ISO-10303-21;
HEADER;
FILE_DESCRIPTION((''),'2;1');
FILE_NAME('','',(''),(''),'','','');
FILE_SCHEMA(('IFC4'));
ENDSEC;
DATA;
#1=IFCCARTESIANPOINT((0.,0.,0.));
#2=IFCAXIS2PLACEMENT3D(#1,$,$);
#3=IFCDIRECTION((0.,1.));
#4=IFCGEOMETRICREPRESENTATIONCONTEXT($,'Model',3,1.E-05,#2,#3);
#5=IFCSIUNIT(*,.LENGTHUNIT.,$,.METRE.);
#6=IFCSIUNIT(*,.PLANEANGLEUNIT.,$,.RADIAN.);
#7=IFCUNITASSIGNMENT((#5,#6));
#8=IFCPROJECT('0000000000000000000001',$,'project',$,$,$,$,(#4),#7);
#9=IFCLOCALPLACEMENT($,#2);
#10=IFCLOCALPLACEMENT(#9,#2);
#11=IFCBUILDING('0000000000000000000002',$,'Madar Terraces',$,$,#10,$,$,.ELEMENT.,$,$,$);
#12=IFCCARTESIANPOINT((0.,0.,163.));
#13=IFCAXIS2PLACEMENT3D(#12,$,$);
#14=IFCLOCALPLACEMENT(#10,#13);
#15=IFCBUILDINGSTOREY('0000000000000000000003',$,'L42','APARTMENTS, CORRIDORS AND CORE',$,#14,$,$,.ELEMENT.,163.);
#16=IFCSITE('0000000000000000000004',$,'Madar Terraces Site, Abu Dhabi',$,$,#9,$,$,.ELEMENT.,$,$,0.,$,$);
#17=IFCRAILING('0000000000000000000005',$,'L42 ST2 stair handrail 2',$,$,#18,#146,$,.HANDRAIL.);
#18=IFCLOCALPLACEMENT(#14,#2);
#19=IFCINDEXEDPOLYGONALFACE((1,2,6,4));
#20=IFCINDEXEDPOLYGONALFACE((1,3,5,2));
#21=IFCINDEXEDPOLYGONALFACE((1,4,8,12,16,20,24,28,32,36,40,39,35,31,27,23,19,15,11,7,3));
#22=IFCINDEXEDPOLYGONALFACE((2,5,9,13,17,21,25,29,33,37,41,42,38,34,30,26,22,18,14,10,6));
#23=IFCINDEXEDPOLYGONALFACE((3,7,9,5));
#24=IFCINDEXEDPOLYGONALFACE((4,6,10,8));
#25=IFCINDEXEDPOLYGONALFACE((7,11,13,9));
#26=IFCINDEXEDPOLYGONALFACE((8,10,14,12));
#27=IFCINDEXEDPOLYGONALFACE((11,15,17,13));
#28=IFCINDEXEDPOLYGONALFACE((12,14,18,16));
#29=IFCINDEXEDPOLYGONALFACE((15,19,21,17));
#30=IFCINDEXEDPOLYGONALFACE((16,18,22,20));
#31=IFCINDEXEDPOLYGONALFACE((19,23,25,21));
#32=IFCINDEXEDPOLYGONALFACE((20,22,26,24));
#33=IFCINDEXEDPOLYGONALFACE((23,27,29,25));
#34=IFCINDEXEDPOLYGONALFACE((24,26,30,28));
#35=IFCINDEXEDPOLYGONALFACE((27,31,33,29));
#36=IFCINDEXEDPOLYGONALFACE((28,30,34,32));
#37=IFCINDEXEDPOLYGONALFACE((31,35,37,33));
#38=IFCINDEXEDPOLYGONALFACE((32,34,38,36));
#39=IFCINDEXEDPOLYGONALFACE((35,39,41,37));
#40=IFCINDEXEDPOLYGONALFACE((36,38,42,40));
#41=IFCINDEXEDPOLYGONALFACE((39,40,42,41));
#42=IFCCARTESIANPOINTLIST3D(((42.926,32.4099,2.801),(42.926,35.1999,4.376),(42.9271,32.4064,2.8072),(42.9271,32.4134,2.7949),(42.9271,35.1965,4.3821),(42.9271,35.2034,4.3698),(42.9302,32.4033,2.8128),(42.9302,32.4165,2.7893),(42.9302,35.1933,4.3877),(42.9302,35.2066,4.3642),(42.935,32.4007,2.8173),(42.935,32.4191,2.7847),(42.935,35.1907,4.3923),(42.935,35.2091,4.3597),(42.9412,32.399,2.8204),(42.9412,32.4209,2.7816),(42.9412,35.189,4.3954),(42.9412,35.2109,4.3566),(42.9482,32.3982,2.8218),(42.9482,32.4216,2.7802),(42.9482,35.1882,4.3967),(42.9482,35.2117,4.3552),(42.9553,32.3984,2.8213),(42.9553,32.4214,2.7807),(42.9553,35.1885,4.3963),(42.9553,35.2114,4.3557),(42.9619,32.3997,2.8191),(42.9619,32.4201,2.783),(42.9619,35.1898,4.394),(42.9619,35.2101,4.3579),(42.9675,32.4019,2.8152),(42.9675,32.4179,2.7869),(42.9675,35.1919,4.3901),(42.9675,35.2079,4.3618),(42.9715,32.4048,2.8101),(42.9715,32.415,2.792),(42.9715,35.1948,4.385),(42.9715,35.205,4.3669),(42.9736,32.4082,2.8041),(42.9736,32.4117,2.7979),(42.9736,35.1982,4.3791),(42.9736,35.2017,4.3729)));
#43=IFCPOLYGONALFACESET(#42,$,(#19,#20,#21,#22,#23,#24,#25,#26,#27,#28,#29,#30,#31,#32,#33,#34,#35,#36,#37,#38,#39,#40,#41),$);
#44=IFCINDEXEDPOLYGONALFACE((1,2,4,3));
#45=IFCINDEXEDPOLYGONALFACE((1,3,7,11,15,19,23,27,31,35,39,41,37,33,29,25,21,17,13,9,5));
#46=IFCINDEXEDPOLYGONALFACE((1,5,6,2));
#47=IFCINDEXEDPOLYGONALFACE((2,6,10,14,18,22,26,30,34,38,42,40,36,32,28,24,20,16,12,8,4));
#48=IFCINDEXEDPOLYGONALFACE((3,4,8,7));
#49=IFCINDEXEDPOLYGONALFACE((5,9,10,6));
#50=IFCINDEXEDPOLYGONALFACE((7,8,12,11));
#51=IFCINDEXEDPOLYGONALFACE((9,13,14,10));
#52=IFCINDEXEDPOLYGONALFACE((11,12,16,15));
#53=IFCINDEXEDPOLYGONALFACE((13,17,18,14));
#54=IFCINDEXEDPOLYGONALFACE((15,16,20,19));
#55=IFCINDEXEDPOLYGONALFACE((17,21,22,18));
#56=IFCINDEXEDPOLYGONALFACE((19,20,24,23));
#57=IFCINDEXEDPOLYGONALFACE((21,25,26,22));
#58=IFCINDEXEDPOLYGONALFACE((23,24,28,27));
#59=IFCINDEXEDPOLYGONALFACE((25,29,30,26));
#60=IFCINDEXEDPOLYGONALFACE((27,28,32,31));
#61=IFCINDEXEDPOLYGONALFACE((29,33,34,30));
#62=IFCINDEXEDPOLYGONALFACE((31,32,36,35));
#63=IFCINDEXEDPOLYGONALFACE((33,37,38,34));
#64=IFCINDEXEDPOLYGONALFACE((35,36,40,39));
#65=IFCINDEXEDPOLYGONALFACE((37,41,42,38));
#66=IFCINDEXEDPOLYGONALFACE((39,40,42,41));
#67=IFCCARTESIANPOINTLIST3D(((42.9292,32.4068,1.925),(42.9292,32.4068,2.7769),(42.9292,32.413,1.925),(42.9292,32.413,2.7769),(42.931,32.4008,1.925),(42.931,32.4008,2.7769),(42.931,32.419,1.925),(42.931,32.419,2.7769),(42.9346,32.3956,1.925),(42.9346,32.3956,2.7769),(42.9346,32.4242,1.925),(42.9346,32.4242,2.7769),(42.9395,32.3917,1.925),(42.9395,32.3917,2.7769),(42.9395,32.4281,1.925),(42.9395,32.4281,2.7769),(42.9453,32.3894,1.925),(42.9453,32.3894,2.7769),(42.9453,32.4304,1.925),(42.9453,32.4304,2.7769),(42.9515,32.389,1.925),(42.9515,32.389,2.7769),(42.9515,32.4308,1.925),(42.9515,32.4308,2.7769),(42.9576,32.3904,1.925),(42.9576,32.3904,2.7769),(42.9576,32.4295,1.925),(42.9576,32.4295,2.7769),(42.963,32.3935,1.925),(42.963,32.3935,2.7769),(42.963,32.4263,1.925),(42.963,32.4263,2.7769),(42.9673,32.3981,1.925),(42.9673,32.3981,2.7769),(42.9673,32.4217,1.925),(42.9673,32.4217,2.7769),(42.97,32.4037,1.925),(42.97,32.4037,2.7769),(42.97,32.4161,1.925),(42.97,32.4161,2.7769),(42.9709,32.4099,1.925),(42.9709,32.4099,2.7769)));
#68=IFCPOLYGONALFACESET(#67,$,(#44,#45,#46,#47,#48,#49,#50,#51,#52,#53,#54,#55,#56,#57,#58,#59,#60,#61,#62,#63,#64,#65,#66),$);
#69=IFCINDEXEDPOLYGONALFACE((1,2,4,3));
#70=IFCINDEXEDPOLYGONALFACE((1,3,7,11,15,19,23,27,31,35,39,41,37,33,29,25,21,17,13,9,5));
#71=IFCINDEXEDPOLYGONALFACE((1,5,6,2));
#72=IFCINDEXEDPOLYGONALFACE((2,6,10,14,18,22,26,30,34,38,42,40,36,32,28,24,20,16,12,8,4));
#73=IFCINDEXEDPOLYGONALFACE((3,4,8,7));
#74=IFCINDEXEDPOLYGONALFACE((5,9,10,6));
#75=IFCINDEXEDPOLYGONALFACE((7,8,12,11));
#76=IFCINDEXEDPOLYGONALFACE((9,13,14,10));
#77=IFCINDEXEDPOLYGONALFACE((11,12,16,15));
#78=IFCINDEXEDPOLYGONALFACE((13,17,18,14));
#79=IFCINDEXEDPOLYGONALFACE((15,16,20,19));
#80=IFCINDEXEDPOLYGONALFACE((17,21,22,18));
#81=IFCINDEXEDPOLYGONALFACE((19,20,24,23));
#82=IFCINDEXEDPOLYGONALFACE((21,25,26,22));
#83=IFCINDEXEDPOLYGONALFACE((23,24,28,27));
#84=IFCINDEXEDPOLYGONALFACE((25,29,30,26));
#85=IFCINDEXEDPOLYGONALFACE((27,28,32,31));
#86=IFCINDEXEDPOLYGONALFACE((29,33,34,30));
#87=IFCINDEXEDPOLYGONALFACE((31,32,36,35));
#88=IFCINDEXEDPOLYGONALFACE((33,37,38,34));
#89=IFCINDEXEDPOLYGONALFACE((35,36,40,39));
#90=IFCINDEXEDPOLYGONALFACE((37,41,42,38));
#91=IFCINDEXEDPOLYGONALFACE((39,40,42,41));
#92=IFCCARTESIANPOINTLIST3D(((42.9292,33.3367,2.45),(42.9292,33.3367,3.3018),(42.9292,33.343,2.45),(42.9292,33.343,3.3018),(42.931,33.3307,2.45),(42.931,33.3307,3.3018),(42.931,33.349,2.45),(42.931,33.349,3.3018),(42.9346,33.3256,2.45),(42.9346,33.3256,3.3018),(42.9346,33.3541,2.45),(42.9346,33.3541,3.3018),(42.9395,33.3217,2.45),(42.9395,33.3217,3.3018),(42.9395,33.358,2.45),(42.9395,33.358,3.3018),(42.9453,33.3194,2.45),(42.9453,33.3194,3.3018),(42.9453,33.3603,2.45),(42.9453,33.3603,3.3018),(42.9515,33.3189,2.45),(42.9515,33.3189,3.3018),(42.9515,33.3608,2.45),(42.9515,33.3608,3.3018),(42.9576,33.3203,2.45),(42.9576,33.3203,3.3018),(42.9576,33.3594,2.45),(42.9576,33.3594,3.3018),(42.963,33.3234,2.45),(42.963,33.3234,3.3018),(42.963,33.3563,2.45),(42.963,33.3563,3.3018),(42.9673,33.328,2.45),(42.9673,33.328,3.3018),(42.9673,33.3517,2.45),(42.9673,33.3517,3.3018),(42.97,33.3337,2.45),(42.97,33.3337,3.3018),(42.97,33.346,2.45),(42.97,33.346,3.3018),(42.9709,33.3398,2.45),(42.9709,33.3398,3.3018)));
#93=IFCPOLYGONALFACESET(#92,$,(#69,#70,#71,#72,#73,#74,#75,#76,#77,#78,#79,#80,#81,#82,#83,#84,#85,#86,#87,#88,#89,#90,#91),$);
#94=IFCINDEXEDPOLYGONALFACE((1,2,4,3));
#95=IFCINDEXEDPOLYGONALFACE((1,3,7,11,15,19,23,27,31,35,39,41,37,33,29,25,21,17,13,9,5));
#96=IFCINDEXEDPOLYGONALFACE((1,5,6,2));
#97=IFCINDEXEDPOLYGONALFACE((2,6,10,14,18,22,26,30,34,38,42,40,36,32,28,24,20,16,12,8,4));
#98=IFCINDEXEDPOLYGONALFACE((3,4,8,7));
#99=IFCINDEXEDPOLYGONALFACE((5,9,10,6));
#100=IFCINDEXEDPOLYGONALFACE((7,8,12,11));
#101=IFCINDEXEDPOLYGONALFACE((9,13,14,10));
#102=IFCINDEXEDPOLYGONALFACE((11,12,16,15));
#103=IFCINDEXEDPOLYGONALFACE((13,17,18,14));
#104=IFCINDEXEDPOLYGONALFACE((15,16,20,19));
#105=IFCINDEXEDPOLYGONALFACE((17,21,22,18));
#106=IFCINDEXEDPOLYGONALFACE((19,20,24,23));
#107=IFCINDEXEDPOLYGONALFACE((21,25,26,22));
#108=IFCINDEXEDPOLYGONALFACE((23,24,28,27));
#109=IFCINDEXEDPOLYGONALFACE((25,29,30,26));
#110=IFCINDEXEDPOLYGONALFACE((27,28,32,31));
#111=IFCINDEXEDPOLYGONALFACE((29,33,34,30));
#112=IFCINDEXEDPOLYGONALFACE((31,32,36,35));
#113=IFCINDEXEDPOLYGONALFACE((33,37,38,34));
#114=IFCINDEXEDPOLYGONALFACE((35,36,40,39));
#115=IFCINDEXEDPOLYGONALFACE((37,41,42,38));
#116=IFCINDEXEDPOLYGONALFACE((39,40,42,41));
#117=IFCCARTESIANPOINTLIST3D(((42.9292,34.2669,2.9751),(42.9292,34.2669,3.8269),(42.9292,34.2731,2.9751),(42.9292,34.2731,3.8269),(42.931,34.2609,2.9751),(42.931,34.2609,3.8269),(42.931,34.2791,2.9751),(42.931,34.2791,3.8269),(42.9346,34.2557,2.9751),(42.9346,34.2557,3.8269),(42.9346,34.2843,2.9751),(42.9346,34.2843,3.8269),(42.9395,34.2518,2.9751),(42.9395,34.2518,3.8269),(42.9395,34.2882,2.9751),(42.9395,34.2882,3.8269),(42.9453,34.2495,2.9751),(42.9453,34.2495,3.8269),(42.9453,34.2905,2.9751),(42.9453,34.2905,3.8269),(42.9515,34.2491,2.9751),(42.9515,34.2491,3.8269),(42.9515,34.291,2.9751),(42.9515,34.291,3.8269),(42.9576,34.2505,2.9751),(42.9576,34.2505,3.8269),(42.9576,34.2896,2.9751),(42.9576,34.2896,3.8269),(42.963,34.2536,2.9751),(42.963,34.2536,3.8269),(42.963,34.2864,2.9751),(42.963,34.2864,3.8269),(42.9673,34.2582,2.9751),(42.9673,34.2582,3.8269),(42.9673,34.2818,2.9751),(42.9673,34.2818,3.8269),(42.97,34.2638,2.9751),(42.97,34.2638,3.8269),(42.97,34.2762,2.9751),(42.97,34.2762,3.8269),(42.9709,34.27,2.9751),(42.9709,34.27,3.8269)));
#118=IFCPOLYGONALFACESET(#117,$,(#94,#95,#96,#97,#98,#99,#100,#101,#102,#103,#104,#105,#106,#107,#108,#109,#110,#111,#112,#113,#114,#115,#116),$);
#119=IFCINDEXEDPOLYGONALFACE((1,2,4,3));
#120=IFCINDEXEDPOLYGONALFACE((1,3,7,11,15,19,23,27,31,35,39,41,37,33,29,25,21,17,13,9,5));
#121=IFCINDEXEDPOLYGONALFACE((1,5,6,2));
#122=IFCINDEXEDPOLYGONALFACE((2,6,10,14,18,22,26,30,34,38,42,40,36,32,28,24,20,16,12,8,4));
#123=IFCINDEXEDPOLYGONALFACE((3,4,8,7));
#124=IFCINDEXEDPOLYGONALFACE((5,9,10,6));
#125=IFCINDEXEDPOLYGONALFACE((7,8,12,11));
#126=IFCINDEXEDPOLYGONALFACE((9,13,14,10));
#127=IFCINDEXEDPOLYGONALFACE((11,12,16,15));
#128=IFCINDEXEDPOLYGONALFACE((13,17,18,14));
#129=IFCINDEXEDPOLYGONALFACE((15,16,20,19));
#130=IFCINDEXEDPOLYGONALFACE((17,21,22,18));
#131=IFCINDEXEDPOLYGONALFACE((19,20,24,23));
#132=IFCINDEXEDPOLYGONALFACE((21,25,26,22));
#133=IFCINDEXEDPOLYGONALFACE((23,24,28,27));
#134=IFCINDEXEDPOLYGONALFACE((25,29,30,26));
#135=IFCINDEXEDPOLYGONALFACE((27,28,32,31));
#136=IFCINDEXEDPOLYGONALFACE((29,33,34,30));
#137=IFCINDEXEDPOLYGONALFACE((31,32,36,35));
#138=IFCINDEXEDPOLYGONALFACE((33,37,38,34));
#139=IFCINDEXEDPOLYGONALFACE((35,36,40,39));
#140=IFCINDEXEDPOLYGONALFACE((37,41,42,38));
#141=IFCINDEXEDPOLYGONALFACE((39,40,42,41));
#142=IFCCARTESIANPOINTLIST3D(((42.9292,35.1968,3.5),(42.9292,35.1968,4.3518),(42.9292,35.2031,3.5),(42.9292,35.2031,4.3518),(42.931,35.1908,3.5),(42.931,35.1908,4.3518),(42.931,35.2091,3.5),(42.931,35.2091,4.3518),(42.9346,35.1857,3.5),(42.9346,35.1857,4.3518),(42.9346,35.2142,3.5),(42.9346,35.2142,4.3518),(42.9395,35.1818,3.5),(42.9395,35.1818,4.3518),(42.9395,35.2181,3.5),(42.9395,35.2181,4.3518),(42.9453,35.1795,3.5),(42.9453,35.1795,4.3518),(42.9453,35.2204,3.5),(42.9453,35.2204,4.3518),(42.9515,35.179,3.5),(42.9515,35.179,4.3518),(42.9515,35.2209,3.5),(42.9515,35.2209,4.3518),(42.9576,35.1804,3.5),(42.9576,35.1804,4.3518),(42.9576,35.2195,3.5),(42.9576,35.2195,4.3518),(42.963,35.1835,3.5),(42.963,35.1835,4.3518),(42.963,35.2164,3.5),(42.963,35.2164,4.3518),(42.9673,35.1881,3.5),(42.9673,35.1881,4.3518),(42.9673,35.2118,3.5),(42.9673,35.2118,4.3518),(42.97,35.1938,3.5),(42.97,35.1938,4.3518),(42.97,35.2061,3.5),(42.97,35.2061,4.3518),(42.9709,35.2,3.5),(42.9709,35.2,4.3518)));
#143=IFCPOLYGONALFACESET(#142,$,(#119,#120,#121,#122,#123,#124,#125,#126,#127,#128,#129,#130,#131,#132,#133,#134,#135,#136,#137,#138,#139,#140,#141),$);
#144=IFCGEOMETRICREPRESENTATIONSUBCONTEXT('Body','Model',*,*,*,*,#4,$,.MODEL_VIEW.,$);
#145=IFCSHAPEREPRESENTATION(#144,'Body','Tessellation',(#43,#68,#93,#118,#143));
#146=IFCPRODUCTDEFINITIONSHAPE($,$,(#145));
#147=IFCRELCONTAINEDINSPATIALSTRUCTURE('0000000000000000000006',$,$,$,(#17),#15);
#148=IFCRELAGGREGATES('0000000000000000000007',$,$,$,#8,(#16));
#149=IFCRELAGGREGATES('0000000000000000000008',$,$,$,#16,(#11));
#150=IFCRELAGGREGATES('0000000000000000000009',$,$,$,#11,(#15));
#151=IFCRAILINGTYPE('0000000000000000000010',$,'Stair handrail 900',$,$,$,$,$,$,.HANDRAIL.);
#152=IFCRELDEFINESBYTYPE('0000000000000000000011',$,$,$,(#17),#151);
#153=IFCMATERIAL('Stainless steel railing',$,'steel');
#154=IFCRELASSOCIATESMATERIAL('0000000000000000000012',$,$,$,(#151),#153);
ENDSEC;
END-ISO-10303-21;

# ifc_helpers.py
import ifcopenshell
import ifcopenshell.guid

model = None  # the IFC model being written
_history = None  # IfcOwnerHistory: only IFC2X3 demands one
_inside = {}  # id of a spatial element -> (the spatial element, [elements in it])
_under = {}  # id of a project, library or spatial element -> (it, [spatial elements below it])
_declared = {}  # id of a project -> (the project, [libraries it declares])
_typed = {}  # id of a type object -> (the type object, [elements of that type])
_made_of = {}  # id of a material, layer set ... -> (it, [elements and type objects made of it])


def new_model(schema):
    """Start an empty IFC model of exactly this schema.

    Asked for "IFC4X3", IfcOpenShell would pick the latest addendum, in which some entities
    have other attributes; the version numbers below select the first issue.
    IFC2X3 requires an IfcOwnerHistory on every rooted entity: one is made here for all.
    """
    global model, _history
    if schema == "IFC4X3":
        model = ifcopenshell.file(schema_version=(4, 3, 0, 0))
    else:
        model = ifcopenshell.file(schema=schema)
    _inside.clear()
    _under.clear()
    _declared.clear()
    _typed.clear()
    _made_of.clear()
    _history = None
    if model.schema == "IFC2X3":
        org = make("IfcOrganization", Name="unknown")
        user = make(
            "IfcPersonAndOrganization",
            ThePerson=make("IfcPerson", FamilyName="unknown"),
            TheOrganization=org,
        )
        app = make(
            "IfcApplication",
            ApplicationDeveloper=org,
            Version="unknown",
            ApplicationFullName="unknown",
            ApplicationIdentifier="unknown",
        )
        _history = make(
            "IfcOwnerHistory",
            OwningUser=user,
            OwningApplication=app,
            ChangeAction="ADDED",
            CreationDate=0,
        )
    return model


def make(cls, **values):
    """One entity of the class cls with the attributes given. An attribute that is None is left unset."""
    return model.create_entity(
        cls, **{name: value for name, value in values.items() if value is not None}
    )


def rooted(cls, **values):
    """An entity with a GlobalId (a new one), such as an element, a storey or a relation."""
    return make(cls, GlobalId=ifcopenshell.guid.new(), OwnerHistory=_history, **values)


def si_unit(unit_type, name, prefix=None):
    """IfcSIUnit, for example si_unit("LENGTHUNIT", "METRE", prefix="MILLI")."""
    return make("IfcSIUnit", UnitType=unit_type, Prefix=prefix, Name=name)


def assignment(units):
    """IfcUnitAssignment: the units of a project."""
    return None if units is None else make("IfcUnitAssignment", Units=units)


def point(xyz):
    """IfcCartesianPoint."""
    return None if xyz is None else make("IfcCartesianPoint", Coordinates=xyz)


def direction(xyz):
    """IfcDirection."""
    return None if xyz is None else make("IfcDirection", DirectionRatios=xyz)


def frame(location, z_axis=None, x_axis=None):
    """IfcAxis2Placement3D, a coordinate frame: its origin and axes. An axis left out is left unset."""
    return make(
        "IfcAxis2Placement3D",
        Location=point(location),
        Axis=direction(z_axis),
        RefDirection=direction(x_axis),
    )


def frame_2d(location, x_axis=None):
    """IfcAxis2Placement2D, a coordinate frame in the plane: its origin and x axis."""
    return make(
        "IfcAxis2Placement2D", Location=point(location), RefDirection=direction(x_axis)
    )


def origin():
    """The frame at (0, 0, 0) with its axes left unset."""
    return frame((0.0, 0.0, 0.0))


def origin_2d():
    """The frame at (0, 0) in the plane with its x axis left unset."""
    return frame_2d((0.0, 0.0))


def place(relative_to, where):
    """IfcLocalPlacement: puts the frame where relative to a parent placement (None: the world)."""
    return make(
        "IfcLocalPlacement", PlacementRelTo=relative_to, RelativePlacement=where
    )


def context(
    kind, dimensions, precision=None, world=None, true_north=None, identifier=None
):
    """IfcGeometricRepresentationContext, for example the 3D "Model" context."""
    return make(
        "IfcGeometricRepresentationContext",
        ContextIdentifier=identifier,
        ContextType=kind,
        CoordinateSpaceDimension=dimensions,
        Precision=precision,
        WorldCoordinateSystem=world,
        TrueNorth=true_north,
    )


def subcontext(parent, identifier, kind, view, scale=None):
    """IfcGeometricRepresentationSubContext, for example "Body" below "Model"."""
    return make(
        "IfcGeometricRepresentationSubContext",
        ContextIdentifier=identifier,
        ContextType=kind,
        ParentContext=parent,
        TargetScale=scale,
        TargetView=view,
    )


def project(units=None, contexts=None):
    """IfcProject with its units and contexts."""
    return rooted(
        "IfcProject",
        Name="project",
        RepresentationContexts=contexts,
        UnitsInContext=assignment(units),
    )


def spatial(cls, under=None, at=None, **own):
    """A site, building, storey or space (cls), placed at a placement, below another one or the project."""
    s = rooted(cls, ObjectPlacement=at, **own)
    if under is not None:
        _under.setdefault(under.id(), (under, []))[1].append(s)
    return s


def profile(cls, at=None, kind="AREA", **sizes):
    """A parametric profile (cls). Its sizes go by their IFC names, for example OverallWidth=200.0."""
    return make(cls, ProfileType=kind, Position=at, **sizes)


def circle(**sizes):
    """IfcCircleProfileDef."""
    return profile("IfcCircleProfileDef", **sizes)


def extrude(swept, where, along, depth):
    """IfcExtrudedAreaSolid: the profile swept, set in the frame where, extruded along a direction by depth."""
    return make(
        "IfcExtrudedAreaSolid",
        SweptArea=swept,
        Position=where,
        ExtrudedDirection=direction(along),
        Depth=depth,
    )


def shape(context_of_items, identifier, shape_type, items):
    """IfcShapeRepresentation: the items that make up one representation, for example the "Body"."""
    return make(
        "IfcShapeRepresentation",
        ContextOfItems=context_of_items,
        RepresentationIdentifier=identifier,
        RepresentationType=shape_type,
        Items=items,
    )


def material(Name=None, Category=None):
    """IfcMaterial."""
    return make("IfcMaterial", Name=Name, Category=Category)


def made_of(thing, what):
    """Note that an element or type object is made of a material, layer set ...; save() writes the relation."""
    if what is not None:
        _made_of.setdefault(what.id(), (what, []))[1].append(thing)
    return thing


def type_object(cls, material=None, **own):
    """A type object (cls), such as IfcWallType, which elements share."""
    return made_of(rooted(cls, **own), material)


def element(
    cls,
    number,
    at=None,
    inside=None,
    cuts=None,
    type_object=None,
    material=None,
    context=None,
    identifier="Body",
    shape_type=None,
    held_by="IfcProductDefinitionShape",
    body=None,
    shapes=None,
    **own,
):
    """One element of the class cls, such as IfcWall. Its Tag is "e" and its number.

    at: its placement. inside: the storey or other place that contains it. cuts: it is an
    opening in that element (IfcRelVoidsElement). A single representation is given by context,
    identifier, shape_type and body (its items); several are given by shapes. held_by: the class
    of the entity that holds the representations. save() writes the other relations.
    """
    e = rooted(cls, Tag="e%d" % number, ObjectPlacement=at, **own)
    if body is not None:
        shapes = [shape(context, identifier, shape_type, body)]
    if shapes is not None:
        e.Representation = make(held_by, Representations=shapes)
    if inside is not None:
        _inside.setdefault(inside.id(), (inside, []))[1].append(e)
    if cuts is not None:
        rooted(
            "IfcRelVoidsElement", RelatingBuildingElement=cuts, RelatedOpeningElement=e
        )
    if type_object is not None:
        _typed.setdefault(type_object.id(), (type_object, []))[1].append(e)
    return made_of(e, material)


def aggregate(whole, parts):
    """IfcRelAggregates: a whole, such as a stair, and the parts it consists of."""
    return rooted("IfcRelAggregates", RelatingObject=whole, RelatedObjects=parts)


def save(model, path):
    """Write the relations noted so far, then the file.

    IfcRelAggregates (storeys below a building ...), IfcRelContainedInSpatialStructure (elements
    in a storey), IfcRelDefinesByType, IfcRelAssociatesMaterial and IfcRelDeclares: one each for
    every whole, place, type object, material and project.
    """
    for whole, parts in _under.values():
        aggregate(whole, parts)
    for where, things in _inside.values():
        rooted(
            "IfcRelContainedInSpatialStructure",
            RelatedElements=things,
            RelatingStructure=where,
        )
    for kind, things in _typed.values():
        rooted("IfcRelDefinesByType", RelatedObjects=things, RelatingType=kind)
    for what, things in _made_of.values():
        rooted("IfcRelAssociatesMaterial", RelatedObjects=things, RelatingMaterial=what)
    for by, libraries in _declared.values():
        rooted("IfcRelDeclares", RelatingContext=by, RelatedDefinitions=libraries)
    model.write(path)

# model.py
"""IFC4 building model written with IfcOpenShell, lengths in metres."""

from ifc_helpers import new_model, si_unit, direction, frame, origin, origin_2d, place, context, subcontext, project, spatial, circle, extrude, material, type_object, element, save


model = new_model("IFC4")

# Units and contexts
model_context = context("Model", 3, precision=1e-05, world=origin(), true_north=direction((0.0, 1.0)))
body_context = subcontext(model_context, "Body", "Model", "MODEL_VIEW")
ifc_project = project(units=[si_unit("LENGTHUNIT", "METRE"), si_unit("PLANEANGLEUNIT", "RADIAN")], contexts=[model_context])

# Site, building, storey
site_placement = place(None, origin())
site = spatial("IfcSite", under=ifc_project, at=site_placement, Name="Madar Terraces Site, Abu Dhabi", CompositionType="ELEMENT", RefElevation=0.0)
building_placement = place(site_placement, origin())
building = spatial("IfcBuilding", under=site, at=building_placement, Name="Madar Terraces", CompositionType="ELEMENT")
storey_placement = place(building_placement, frame((0.0, 0.0, 163.0)))
storey = spatial("IfcBuildingStorey", under=building, at=storey_placement, Name="L42", Description="APARTMENTS, CORRIDORS AND CORE", CompositionType="ELEMENT", Elevation=163.0)

# Railing
ifc_material_1 = material(Name="Stainless steel railing", Category="steel")
railing_type_1 = type_object("IfcRailingType", Name="Stair handrail 900", PredefinedType="HANDRAIL", material=ifc_material_1)
railing_1_placement = place(storey_placement, frame((42.95, 32.4099, 1.925)))
element("IfcRailing", 1, at=railing_1_placement, inside=storey, type_object=railing_type_1, Name="L42 ST2 stair handrail 2", PredefinedType="HANDRAIL", context=body_context, shape_type="SweptSolid", body=[
    extrude(circle(Radius=0.0239, at=origin_2d()), frame((0.0, 0.0, 0.876), z_axis=(0.0, 0.870834, 0.491578), x_axis=(-1.0, 0.0, 0.0)), (0.0, 0.0, 1.0), 3.2039),
    extrude(circle(Radius=0.021, at=origin_2d()), origin(), (0.0, 0.0, 1.0), 0.8518),
    extrude(circle(Radius=0.021, at=origin_2d()), frame((0.0, 0.9299, 0.5249)), (0.0, 0.0, 1.0), 0.8518),
    extrude(circle(Radius=0.021, at=origin_2d()), frame((0.0, 1.8601, 1.05)), (0.0, 0.0, 1.0), 0.8518),
    extrude(circle(Radius=0.021, at=origin_2d()), frame((0.0, 2.79, 1.575)), (0.0, 0.0, 1.0), 0.8518),
])

save(model, "model.ifc")
